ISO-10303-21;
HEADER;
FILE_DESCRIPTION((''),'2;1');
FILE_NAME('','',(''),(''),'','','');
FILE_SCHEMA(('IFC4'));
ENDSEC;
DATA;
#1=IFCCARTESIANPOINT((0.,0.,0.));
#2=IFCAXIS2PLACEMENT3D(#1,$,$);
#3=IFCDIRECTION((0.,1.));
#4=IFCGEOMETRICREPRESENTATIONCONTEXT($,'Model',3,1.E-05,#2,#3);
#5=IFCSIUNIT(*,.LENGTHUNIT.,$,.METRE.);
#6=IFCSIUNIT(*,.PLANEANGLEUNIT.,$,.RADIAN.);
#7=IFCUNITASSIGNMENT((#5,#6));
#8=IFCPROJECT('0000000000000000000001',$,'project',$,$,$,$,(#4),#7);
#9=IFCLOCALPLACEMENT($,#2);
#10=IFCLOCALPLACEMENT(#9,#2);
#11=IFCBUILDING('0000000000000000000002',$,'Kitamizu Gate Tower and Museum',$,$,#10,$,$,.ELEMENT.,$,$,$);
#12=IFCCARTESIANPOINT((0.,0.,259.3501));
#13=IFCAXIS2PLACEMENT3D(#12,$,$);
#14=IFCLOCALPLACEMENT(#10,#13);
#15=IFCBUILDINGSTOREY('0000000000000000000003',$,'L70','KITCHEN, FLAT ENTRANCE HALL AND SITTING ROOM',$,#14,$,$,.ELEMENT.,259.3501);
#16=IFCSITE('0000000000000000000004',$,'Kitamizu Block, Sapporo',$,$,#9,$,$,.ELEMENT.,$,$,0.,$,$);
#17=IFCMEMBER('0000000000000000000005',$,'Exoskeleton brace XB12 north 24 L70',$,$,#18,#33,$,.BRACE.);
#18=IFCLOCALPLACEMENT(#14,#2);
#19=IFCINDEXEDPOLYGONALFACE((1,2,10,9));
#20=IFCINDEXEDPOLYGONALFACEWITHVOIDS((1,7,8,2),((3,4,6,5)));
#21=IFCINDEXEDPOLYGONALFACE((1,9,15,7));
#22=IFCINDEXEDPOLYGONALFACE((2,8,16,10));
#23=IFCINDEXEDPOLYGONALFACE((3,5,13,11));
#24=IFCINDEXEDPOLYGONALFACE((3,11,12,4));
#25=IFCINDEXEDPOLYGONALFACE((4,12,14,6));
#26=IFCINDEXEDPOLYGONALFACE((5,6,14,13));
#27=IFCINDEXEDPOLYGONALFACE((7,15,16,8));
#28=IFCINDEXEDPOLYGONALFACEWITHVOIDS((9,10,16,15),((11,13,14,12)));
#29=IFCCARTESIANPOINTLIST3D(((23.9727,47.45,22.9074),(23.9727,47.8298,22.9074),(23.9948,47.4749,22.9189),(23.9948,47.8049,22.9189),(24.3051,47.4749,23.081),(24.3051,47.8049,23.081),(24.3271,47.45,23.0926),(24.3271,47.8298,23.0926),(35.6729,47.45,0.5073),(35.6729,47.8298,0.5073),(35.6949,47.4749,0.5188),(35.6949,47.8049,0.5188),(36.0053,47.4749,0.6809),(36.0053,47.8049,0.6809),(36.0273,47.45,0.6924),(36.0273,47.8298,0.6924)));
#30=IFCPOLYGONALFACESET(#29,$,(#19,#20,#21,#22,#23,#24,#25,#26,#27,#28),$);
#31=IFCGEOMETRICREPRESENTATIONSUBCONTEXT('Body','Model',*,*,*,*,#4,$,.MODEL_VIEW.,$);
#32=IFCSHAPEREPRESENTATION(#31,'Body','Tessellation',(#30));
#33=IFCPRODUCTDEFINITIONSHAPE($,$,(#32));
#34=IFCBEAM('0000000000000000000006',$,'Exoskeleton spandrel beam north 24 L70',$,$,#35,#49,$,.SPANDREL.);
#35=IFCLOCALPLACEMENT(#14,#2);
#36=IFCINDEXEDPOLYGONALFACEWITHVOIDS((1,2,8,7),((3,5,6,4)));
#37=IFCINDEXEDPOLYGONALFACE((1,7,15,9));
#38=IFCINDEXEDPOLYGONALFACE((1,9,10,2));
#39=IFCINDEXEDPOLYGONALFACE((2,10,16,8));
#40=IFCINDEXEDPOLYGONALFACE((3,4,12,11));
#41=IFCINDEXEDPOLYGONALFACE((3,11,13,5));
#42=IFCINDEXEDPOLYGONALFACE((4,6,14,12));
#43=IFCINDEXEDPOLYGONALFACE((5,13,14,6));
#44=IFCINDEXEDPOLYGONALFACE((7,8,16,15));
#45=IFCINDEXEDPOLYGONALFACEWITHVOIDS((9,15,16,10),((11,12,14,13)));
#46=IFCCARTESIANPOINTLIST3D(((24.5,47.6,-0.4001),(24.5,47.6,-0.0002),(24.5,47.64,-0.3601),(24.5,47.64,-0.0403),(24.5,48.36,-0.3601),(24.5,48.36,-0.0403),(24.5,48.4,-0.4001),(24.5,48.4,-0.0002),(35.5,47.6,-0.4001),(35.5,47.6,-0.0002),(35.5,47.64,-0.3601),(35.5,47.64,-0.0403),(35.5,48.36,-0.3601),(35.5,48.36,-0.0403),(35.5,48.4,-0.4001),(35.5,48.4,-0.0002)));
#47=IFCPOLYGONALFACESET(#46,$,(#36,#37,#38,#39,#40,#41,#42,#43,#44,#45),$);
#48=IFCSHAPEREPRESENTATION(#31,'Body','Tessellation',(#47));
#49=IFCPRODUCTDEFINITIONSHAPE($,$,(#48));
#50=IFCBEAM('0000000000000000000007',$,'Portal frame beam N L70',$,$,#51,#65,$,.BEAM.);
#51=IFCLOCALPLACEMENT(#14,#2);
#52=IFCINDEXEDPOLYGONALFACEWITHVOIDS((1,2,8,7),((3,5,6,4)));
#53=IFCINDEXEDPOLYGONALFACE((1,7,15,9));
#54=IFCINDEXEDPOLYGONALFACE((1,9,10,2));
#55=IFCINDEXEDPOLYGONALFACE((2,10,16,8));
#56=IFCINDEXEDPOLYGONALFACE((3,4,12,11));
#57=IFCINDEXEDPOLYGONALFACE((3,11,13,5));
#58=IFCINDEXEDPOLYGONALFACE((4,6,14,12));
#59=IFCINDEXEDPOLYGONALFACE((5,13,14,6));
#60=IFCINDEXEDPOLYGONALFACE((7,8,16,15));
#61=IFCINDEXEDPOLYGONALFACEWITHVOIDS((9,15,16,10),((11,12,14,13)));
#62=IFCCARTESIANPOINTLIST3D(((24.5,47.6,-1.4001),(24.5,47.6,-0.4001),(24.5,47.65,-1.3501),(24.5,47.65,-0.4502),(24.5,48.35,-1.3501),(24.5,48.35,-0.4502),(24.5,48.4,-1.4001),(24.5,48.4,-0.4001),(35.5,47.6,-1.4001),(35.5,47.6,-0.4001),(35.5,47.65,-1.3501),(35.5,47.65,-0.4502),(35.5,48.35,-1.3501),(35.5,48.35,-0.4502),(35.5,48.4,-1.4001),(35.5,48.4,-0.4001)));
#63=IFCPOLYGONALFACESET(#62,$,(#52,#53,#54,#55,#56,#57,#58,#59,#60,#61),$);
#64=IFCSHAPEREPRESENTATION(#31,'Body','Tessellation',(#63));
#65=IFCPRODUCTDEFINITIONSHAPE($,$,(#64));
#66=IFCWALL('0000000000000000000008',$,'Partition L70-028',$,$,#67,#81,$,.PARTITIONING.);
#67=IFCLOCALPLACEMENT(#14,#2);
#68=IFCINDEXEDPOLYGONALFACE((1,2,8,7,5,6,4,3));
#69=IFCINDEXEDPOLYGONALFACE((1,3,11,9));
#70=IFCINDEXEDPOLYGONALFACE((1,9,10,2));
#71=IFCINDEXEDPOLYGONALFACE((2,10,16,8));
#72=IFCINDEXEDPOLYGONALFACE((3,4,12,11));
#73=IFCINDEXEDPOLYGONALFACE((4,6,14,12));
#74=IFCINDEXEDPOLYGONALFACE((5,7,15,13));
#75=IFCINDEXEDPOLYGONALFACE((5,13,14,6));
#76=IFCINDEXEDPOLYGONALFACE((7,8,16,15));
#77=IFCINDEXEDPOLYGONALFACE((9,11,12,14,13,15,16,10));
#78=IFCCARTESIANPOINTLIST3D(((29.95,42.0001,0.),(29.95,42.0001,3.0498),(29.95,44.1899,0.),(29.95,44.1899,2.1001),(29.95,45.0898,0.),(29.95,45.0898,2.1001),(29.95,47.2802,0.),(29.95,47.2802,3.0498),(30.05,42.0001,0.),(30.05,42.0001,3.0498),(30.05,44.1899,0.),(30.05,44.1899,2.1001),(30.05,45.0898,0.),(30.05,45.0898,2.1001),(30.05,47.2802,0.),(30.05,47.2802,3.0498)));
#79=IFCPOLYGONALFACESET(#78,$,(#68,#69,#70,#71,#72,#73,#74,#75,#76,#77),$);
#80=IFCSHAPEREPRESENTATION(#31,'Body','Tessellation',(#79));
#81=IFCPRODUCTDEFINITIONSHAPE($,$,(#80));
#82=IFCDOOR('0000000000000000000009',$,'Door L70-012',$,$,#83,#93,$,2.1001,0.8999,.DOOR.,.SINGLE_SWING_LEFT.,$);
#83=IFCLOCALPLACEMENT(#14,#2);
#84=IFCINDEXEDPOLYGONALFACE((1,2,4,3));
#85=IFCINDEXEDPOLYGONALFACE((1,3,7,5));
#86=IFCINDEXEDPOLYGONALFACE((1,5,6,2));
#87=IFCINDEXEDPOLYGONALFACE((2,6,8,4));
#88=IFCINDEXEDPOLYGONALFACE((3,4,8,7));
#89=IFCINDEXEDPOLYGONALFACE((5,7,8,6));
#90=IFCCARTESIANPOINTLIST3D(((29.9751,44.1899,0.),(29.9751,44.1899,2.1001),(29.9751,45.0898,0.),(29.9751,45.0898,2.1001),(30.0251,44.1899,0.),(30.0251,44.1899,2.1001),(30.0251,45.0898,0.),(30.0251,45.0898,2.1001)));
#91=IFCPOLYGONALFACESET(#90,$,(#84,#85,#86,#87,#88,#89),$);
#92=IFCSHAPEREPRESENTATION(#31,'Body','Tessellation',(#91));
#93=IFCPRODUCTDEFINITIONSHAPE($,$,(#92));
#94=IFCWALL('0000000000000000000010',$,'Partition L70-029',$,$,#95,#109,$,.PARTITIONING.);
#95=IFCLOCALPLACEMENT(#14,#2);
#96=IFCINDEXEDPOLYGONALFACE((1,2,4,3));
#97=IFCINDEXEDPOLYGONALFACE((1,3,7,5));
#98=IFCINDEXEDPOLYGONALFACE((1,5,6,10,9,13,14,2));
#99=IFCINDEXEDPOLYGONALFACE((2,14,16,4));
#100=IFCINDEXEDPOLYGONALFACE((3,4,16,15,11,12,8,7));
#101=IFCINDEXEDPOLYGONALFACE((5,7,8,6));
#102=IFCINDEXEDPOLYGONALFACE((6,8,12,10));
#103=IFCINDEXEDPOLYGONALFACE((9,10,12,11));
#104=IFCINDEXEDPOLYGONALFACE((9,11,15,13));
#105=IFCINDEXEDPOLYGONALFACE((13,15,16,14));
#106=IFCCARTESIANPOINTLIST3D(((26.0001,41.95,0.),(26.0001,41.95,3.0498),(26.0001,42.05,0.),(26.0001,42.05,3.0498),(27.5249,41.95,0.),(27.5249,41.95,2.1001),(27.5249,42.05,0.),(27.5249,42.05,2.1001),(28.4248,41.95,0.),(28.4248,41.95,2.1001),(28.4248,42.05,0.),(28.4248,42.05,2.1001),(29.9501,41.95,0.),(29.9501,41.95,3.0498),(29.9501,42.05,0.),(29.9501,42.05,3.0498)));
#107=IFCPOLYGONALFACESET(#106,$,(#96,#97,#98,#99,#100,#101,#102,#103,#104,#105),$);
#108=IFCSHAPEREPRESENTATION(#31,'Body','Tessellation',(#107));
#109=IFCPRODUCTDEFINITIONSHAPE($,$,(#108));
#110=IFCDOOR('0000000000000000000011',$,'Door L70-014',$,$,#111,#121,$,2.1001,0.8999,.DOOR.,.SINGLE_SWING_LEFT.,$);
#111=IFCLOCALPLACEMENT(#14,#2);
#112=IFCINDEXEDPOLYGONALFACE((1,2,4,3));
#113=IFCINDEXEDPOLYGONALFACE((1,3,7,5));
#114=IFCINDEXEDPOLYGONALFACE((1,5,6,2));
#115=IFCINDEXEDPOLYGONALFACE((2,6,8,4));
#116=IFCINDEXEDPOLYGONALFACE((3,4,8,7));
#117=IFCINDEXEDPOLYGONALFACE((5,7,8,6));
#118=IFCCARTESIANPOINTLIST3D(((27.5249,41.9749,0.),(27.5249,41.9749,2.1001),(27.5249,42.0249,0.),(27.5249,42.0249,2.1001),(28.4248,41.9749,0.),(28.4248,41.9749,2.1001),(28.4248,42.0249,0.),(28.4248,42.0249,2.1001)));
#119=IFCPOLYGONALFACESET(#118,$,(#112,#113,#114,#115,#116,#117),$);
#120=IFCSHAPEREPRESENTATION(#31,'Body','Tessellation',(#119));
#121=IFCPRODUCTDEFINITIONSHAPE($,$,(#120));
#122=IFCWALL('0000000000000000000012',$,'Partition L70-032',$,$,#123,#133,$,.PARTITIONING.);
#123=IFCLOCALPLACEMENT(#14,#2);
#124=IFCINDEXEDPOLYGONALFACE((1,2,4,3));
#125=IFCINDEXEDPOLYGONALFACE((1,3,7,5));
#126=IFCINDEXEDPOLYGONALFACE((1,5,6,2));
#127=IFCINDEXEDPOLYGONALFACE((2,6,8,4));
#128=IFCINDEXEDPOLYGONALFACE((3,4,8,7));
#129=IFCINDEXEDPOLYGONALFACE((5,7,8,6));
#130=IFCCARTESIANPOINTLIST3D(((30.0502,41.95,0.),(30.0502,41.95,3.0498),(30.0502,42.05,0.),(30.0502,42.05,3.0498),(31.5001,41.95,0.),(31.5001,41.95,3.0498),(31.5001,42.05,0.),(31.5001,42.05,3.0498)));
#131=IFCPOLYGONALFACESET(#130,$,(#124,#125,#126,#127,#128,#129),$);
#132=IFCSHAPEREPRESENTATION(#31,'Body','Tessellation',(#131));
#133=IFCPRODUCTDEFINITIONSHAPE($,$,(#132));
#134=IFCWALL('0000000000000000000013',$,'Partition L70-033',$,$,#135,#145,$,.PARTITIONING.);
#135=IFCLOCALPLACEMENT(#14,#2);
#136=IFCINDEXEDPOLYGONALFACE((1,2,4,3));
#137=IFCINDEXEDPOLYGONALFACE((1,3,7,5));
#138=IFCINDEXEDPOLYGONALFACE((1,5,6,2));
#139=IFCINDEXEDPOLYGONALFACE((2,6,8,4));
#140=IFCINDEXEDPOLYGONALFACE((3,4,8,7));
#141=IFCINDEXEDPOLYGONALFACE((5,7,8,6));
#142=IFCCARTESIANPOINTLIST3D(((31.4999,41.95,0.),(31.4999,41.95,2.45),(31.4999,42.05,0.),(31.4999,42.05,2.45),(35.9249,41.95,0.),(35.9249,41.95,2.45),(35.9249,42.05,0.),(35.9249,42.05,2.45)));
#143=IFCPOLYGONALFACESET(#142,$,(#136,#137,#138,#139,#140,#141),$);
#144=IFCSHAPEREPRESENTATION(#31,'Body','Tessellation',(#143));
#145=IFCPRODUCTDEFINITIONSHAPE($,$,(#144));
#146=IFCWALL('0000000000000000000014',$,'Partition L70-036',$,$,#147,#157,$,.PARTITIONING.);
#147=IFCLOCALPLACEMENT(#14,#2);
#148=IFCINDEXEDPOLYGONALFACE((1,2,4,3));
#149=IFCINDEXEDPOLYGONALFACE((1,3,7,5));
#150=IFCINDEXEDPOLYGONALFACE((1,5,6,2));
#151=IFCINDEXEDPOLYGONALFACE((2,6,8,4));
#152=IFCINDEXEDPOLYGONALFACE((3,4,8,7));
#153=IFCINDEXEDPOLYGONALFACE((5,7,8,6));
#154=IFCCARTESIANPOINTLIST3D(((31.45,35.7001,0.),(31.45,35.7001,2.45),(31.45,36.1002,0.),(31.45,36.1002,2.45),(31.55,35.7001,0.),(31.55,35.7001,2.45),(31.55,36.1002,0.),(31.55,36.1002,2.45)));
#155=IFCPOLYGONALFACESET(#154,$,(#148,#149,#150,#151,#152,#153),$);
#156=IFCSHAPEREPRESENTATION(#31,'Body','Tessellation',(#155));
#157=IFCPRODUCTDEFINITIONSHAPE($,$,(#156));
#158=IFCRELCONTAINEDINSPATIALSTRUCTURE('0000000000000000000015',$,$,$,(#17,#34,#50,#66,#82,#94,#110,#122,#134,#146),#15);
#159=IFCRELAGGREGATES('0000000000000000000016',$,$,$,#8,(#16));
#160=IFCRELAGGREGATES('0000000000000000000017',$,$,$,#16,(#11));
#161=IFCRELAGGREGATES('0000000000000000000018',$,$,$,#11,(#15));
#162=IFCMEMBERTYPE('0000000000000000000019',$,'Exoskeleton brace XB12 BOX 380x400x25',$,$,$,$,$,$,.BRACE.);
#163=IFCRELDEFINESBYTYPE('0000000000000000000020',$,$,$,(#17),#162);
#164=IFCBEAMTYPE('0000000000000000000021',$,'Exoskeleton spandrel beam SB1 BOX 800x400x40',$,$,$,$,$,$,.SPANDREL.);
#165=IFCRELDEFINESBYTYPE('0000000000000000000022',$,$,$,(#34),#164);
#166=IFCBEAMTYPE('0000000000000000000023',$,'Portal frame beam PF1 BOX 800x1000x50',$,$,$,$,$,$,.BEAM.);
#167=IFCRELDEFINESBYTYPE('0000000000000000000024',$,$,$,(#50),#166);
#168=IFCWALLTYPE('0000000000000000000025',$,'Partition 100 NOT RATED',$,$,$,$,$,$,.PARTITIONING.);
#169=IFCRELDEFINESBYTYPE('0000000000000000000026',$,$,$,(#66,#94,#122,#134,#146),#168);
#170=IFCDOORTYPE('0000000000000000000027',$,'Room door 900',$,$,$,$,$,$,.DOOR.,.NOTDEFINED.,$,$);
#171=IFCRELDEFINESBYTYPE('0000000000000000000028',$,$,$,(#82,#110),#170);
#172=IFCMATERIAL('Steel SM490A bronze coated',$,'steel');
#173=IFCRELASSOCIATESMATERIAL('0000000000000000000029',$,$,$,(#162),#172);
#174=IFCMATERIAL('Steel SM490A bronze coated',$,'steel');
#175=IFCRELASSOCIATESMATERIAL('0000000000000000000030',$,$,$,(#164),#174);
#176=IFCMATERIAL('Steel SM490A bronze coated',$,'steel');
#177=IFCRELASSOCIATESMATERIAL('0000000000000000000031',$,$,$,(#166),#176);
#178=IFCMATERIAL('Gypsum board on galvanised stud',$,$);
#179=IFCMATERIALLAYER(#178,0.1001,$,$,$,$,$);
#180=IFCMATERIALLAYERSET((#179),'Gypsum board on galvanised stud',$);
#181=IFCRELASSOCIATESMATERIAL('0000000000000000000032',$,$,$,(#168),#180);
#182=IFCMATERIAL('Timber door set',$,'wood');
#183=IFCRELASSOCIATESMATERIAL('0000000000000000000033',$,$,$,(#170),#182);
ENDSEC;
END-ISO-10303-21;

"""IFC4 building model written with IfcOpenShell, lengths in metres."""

from ifc_helpers import new_model, si_unit, direction, frame, frame_2d, origin, origin_2d, place, context, subcontext, project, spatial, rectangle, hollow_rectangle, extrude, material, layer, layer_set, material_profile, profile_set, type_object, element, fill, save


model = new_model("IFC4")

# Units and contexts
model_context = context("Model", 3, precision=1e-05, world=origin(), true_north=direction((0.0, 1.0)))
body_context = subcontext(model_context, "Body", "Model", "MODEL_VIEW")
ifc_project = project(units=[si_unit("LENGTHUNIT", "METRE"), si_unit("PLANEANGLEUNIT", "RADIAN")], contexts=[model_context])

# Site, building, storey
site_placement = place(None, origin())
site = spatial("IfcSite", under=ifc_project, at=site_placement, Name="Kitamizu Block, Sapporo", CompositionType="ELEMENT", RefElevation=0.0)
building_placement = place(site_placement, origin())
building = spatial("IfcBuilding", under=site, at=building_placement, Name="Kitamizu Gate Tower and Museum", CompositionType="ELEMENT")
storey_placement = place(building_placement, frame((0.0, 0.0, 259.3501)))
storey = spatial("IfcBuildingStorey", under=building, at=storey_placement, Name="L70", Description="KITCHEN, FLAT ENTRANCE HALL AND SITTING ROOM", CompositionType="ELEMENT", Elevation=259.3501)

# Member
ifc_material_1 = material(Name="Steel SM490A bronze coated", Category="steel")
ifc_material_profile_1 = material_profile(ifc_material_1, hollow_rectangle(XDim=0.3799, YDim=0.3999, WallThickness=0.0249, at=origin_2d()), Name="BOX 380x400x25")
ifc_profile_set_1 = profile_set([ifc_material_profile_1], Name="Steel SM490A bronze coated")
member_type = type_object("IfcMemberType", Name="Exoskeleton brace XB12 BOX 380x400x25", PredefinedType="BRACE", material=ifc_profile_set_1)
member_placement = place(storey_placement, frame((35.8501, 47.6399, 0.5999), z_axis=(-0.462975, 0.0, 0.886371), x_axis=(0.0, -1.0, 0.0)))
element("IfcMember", 1, at=member_placement, inside=storey, type_object=member_type, Name="Exoskeleton brace XB12 north 24 L70", PredefinedType="BRACE", context=body_context, shape_type="SweptSolid", body=[
    extrude(hollow_rectangle(XDim=0.3799, YDim=0.3999, WallThickness=0.0249, at=origin_2d()), origin(), (0.0, 0.0, 1.0), 25.2717),
])

# Beams
ifc_material_2 = material(Name="Steel SM490A bronze coated", Category="steel")
ifc_material_profile_2 = material_profile(ifc_material_2, hollow_rectangle(XDim=0.8, YDim=0.3999, WallThickness=0.04, at=origin_2d()), Name="BOX 800x400x40")
ifc_profile_set_2 = profile_set([ifc_material_profile_2], Name="Steel SM490A bronze coated")
beam_type_1 = type_object("IfcBeamType", Name="Exoskeleton spandrel beam SB1 BOX 800x400x40", PredefinedType="SPANDREL", material=ifc_profile_set_2)
beam_1_placement = place(storey_placement, frame((24.5, 48.0, -0.2002), z_axis=(1.0, 0.0, 0.0), x_axis=(0.0, 1.0, 0.0)))
element("IfcBeam", 2, at=beam_1_placement, inside=storey, type_object=beam_type_1, Name="Exoskeleton spandrel beam north 24 L70", PredefinedType="SPANDREL", context=body_context, shape_type="SweptSolid", body=[
    extrude(hollow_rectangle(XDim=0.8, YDim=0.3999, WallThickness=0.04, at=origin_2d()), origin(), (0.0, 0.0, 1.0), 11.0),
])
ifc_material_3 = material(Name="Steel SM490A bronze coated", Category="steel")
ifc_material_profile_3 = material_profile(ifc_material_3, hollow_rectangle(XDim=0.8, YDim=1.0, WallThickness=0.05, at=origin_2d()), Name="BOX 800x1000x50")
ifc_profile_set_3 = profile_set([ifc_material_profile_3], Name="Steel SM490A bronze coated")
beam_type_2 = type_object("IfcBeamType", Name="Portal frame beam PF1 BOX 800x1000x50", PredefinedType="BEAM", material=ifc_profile_set_3)
beam_2_placement = place(storey_placement, frame((24.5, 48.0, -0.9001), z_axis=(1.0, 0.0, 0.0), x_axis=(0.0, 1.0, 0.0)))
element("IfcBeam", 3, at=beam_2_placement, inside=storey, type_object=beam_type_2, Name="Portal frame beam N L70", PredefinedType="BEAM", context=body_context, shape_type="SweptSolid", body=[
    extrude(hollow_rectangle(XDim=0.8, YDim=1.0, WallThickness=0.05, at=origin_2d()), origin(), (0.0, 0.0, 1.0), 11.0),
])

# Walls, openings, doors
ifc_material_4 = material(Name="Gypsum board on galvanised stud")
ifc_layer_1 = layer(ifc_material_4, 0.1001)
ifc_layer_set_1 = layer_set([ifc_layer_1], Name="Gypsum board on galvanised stud")
wall_type_1 = type_object("IfcWallType", Name="Partition 100 NOT RATED", PredefinedType="PARTITIONING", material=ifc_layer_set_1)
wall_1_placement = place(storey_placement, frame((30.0, 42.0, 0.0), z_axis=(0.0, 0.0, 1.0), x_axis=(0.0, 1.0, 0.0)))
wall_1 = element("IfcWall", 4, at=wall_1_placement, inside=storey, type_object=wall_type_1, Name="Partition L70-028", PredefinedType="PARTITIONING", context=body_context, shape_type="SweptSolid", body=[
    extrude(rectangle(XDim=5.28, YDim=0.1001, at=frame_2d((2.6401, 0.0))), origin(), (0.0, 0.0, 1.0), 3.0498),
])
opening_1_placement = place(wall_1_placement, frame((2.1899, 0.0, 0.0)))
opening_1 = element("IfcOpeningElement", 5, at=opening_1_placement, cuts=wall_1, PredefinedType="OPENING", context=body_context, shape_type="SweptSolid", body=[
    extrude(rectangle(XDim=0.8999, YDim=2.1001, at=frame_2d((0.45, 1.05))), frame((0.0, 0.0601, 0.0), z_axis=(0.0, -1.0, 0.0), x_axis=(1.0, 0.0, 0.0)), (0.0, 0.0, 1.0), 0.1201),
])
ifc_material_5 = material(Name="Timber door set", Category="wood")
door_type_1 = type_object("IfcDoorType", Name="Room door 900", OperationType="NOTDEFINED", PredefinedType="DOOR", material=ifc_material_5)
door_1_placement = place(opening_1_placement, origin())
door_1 = element("IfcDoor", 6, at=door_1_placement, inside=storey, type_object=door_type_1, Name="Door L70-012", OperationType="SINGLE_SWING_LEFT", OverallHeight=2.1001, OverallWidth=0.8999, PredefinedType="DOOR", context=body_context, shape_type="SweptSolid", body=[
    extrude(rectangle(XDim=0.8999, YDim=2.1001, at=frame_2d((0.45, 1.05))), frame((0.0, 0.0249, 0.0), z_axis=(0.0, -1.0, 0.0), x_axis=(1.0, 0.0, 0.0)), (0.0, 0.0, 1.0), 0.05),
])
fill(opening_1, door_1)
wall_2_placement = place(storey_placement, frame((26.0, 42.0, 0.0), z_axis=(0.0, 0.0, 1.0), x_axis=(1.0, 0.0, 0.0)))
wall_2 = element("IfcWall", 7, at=wall_2_placement, inside=storey, type_object=wall_type_1, Name="Partition L70-029", PredefinedType="PARTITIONING", context=body_context, shape_type="SweptSolid", body=[
    extrude(rectangle(XDim=3.95, YDim=0.1001, at=frame_2d((1.9751, 0.0))), origin(), (0.0, 0.0, 1.0), 3.0498),
])
opening_2_placement = place(wall_2_placement, frame((1.5249, 0.0, 0.0)))
opening_2 = element("IfcOpeningElement", 8, at=opening_2_placement, cuts=wall_2, PredefinedType="OPENING", context=body_context, shape_type="SweptSolid", body=[
    extrude(rectangle(XDim=0.8999, YDim=2.1001, at=frame_2d((0.45, 1.05))), frame((0.0, 0.0601, 0.0), z_axis=(0.0, -1.0, 0.0), x_axis=(1.0, 0.0, 0.0)), (0.0, 0.0, 1.0), 0.1201),
])
door_2_placement = place(opening_2_placement, origin())
door_2 = element("IfcDoor", 9, at=door_2_placement, inside=storey, type_object=door_type_1, Name="Door L70-014", OperationType="SINGLE_SWING_LEFT", OverallHeight=2.1001, OverallWidth=0.8999, PredefinedType="DOOR", context=body_context, shape_type="SweptSolid", body=[
    extrude(rectangle(XDim=0.8999, YDim=2.1001, at=frame_2d((0.45, 1.05))), frame((0.0, 0.0249, 0.0), z_axis=(0.0, -1.0, 0.0), x_axis=(1.0, 0.0, 0.0)), (0.0, 0.0, 1.0), 0.05),
])
fill(opening_2, door_2)

# Walls
wall_3_placement = place(storey_placement, frame((30.05, 42.0, 0.0), z_axis=(0.0, 0.0, 1.0), x_axis=(1.0, 0.0, 0.0)))
element("IfcWall", 10, at=wall_3_placement, inside=storey, type_object=wall_type_1, Name="Partition L70-032", PredefinedType="PARTITIONING", context=body_context, shape_type="SweptSolid", body=[
    extrude(rectangle(XDim=1.45, YDim=0.1001, at=frame_2d((0.7251, 0.0))), origin(), (0.0, 0.0, 1.0), 3.0498),
])
wall_4_placement = place(storey_placement, frame((31.5, 42.0, 0.0), z_axis=(0.0, 0.0, 1.0), x_axis=(1.0, 0.0, 0.0)))
element("IfcWall", 11, at=wall_4_placement, inside=storey, type_object=wall_type_1, Name="Partition L70-033", PredefinedType="PARTITIONING", context=body_context, shape_type="SweptSolid", body=[
    extrude(rectangle(XDim=4.425, YDim=0.1001, at=frame_2d((2.2124, 0.0))), origin(), (0.0, 0.0, 1.0), 2.45),
])
wall_5_placement = place(storey_placement, frame((31.5, 35.7, 0.0), z_axis=(0.0, 0.0, 1.0), x_axis=(0.0, 1.0, 0.0)))
element("IfcWall", 12, at=wall_5_placement, inside=storey, type_object=wall_type_1, Name="Partition L70-036", PredefinedType="PARTITIONING", context=body_context, shape_type="SweptSolid", body=[
    extrude(rectangle(XDim=0.4001, YDim=0.1001, at=frame_2d((0.2002, 0.0))), origin(), (0.0, 0.0, 1.0), 2.45),
])

save(model, "model.ifc")
